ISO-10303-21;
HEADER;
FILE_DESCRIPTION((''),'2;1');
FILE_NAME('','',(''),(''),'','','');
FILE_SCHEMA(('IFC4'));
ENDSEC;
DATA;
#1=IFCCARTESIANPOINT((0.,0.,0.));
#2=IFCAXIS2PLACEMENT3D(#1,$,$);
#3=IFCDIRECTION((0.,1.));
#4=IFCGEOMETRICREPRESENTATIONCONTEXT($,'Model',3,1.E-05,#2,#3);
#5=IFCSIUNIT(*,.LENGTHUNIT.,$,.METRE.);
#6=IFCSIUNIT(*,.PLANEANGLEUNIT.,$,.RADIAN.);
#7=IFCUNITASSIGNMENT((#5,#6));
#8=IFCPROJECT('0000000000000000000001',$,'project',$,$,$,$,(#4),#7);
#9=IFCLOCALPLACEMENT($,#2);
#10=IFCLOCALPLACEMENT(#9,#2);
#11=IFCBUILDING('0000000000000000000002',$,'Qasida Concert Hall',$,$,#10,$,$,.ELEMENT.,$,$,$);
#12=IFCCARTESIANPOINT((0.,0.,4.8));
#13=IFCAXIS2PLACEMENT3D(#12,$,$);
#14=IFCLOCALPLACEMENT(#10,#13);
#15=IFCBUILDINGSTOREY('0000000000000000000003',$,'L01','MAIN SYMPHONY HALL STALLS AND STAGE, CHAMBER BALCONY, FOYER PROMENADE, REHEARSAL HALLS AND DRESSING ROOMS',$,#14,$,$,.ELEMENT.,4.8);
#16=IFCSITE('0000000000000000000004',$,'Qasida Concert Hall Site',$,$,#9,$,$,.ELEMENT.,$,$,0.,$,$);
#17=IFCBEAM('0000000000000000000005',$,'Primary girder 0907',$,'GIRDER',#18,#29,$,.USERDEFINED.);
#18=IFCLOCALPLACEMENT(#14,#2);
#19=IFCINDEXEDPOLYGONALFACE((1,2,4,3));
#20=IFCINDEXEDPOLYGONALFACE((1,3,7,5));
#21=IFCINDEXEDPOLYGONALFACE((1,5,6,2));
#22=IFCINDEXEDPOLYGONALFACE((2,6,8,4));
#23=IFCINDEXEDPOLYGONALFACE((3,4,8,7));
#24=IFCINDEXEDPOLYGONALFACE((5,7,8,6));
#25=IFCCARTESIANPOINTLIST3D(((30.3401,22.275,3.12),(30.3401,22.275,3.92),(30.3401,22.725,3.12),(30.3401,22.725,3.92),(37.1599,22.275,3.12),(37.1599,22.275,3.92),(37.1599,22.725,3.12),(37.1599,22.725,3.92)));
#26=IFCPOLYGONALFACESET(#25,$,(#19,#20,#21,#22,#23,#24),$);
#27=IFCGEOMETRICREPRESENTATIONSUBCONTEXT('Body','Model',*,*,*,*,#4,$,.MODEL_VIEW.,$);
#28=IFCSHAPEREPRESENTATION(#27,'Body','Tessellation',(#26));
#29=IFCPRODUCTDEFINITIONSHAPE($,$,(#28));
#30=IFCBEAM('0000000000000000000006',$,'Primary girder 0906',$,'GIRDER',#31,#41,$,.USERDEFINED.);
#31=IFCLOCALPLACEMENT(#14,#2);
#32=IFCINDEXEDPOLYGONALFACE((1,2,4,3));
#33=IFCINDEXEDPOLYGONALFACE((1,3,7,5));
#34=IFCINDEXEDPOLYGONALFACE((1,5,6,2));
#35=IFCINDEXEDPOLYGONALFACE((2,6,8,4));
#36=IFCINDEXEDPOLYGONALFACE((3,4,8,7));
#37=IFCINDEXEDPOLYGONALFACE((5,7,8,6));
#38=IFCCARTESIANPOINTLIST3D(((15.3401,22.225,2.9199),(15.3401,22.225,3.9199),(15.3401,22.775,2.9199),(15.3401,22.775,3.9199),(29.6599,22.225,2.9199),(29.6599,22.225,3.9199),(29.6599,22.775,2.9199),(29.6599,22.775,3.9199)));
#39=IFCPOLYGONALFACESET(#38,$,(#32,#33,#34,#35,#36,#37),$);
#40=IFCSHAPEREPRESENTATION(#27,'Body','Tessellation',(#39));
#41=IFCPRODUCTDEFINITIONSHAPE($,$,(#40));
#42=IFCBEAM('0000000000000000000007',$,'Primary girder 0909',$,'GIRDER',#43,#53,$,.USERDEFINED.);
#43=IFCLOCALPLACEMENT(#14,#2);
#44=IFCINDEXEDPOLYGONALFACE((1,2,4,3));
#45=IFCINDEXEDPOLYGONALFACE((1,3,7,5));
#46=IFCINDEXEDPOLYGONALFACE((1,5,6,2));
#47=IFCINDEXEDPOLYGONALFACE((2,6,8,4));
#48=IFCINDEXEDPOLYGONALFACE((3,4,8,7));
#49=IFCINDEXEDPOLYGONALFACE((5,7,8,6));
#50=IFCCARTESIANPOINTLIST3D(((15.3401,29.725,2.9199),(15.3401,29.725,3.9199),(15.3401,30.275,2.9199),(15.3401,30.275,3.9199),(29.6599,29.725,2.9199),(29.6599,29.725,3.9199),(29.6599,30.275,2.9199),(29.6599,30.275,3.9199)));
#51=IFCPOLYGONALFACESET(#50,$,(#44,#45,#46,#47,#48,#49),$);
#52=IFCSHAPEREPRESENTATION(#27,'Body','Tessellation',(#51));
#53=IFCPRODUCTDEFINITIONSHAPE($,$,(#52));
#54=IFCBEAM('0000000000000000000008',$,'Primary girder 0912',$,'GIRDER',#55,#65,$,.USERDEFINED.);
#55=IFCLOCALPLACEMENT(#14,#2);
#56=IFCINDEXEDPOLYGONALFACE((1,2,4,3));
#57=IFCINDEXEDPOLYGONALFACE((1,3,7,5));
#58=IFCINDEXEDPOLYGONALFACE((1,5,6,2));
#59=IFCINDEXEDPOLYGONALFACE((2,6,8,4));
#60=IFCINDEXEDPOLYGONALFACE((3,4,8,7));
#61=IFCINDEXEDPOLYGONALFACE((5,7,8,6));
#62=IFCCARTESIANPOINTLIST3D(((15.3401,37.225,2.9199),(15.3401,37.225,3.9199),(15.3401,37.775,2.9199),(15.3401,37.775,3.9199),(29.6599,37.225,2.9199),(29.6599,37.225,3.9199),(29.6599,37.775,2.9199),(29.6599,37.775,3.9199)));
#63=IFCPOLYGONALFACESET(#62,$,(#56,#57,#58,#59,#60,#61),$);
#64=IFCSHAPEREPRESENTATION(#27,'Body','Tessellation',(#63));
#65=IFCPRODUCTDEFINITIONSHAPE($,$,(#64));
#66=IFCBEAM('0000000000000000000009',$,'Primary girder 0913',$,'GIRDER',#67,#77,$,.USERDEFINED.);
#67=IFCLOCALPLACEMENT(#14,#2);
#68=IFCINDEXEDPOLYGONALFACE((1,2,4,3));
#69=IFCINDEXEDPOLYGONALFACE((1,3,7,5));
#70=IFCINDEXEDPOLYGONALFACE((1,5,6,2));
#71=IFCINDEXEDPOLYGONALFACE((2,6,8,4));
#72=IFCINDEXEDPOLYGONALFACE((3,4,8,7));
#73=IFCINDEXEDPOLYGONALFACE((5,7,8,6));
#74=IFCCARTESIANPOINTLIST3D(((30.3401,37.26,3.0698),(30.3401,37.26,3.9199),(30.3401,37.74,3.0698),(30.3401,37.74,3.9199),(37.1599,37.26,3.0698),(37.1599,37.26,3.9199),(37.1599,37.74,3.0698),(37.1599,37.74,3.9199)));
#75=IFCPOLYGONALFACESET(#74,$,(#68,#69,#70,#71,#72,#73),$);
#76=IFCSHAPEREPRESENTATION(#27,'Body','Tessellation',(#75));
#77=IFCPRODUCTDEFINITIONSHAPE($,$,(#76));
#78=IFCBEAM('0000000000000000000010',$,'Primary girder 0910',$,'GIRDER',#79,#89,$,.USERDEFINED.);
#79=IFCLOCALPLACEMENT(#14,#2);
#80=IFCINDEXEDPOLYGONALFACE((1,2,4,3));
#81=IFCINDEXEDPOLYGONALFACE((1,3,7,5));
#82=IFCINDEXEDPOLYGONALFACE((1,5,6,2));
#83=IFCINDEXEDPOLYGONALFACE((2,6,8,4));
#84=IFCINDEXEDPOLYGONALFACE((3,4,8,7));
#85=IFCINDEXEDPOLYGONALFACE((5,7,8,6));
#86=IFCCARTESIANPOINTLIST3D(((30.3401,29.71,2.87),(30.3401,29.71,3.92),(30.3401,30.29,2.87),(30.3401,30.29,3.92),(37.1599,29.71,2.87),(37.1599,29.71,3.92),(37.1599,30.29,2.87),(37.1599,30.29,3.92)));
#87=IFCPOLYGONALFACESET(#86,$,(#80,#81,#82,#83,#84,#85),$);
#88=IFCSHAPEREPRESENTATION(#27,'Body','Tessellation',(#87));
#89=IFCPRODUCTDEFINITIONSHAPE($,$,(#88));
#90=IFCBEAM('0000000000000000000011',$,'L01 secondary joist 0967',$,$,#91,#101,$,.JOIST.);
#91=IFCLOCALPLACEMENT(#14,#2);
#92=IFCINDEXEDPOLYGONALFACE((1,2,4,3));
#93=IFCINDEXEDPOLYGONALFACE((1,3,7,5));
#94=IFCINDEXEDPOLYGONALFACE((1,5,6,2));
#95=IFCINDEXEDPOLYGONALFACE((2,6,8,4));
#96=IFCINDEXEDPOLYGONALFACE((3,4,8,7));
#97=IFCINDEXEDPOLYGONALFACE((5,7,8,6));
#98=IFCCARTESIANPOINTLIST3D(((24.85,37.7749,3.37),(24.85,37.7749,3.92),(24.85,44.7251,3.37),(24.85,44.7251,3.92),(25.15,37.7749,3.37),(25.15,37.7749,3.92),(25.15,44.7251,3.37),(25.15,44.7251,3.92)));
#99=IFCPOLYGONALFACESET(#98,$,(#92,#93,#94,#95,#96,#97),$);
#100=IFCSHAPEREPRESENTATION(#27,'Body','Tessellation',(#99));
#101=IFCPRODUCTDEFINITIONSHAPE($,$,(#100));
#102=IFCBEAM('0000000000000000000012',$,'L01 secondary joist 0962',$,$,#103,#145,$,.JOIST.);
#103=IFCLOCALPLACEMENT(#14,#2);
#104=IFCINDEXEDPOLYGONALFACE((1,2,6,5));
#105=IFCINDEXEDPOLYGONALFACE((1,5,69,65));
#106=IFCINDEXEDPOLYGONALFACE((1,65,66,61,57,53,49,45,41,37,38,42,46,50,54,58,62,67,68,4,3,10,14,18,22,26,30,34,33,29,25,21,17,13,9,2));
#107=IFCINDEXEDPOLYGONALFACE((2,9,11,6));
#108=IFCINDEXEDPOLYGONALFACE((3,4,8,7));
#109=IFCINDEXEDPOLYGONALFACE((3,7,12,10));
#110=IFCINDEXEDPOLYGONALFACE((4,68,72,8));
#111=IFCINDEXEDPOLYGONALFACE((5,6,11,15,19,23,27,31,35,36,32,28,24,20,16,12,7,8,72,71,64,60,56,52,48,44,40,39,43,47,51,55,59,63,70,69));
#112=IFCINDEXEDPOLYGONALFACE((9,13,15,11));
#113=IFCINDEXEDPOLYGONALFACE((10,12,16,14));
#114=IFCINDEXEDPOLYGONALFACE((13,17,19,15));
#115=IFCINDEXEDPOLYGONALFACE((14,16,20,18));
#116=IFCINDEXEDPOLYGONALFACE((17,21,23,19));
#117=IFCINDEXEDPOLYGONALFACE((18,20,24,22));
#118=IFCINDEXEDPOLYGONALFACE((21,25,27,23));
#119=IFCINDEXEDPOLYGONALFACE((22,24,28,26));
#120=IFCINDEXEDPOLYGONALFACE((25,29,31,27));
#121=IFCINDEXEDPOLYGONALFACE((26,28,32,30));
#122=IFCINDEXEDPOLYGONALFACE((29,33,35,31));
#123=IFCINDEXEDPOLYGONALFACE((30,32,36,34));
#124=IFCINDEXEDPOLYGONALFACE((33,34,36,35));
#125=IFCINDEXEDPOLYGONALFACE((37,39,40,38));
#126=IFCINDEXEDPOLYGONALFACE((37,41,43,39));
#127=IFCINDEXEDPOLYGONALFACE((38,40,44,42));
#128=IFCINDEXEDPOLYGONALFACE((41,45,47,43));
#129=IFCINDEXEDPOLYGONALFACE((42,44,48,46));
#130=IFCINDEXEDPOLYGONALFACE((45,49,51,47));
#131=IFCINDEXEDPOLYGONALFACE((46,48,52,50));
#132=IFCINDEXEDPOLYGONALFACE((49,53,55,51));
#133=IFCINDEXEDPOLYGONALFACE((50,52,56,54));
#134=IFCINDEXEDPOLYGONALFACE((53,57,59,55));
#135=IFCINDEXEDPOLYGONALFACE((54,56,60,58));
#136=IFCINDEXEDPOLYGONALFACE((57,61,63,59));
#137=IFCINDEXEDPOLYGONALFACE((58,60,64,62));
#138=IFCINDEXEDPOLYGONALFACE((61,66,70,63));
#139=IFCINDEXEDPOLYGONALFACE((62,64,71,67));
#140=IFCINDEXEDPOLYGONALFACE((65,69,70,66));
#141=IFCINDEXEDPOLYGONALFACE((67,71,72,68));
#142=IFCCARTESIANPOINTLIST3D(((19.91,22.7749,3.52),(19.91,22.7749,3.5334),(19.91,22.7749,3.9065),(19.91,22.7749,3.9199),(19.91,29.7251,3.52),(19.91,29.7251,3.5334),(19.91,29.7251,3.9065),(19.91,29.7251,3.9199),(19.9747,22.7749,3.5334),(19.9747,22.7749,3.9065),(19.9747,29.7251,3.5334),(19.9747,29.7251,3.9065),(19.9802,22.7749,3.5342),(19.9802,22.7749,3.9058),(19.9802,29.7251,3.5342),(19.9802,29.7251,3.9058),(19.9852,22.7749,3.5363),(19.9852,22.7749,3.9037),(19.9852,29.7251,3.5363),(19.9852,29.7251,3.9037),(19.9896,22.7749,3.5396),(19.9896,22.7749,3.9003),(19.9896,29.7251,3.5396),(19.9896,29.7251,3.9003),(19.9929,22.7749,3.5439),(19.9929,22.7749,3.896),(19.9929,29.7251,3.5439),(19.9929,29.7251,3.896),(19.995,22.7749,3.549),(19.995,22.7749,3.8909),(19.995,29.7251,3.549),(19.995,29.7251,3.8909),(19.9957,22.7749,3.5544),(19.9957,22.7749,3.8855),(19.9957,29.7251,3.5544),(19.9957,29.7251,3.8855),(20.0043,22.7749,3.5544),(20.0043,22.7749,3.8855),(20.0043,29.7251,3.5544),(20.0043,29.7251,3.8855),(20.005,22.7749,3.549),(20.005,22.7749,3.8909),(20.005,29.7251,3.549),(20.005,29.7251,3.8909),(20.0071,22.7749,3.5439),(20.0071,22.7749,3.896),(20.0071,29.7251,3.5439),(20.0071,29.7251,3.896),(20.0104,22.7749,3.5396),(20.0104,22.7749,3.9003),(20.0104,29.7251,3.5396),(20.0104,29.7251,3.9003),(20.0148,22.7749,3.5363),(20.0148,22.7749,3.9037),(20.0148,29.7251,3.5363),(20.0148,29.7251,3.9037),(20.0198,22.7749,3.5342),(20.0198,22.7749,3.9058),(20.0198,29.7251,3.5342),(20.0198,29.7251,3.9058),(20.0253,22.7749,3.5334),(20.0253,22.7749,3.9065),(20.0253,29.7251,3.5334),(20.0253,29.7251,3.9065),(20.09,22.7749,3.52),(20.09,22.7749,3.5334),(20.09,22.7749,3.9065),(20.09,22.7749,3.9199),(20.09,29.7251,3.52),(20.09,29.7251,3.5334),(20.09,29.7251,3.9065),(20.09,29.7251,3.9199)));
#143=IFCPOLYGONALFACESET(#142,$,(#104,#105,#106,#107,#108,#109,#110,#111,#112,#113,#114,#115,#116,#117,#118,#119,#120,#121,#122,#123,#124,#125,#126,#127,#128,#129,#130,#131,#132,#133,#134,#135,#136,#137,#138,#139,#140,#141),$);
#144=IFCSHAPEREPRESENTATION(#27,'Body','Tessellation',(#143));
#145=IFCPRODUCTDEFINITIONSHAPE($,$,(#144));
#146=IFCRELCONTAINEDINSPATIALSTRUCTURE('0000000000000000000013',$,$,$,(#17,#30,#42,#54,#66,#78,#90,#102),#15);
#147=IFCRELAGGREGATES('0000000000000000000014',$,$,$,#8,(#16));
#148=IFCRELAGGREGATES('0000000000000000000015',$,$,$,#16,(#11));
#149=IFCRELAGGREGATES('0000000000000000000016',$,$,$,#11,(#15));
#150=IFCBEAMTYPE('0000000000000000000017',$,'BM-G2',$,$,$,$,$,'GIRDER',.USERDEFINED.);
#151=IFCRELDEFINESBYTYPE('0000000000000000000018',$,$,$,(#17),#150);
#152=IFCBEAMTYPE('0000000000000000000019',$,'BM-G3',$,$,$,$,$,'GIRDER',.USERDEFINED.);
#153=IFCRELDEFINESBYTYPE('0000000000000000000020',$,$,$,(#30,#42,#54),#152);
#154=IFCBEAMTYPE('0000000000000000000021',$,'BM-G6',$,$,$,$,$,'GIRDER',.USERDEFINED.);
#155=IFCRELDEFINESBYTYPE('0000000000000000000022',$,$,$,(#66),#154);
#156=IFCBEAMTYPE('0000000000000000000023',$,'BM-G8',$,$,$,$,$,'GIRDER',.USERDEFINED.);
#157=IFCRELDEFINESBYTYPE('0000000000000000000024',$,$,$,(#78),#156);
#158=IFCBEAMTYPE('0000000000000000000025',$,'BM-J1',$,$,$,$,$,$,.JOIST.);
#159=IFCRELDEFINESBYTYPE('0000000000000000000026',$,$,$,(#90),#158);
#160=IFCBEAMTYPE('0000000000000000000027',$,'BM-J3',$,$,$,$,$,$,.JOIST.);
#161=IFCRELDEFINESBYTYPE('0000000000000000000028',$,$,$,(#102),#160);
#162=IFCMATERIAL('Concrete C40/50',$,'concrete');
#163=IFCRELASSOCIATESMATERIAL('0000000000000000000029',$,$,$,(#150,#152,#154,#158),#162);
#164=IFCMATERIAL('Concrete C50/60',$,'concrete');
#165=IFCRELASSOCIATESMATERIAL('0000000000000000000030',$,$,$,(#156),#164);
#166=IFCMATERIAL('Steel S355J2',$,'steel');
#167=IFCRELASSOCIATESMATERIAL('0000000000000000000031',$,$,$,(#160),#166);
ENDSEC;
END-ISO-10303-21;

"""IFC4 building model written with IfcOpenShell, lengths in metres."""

from ifc_helpers import new_model, si_unit, direction, frame, origin, origin_2d, place, context, subcontext, project, spatial, rectangle, i_section, extrude, material, material_profile, profile_set, type_object, element, save


model = new_model("IFC4")

# Units and contexts
model_context = context("Model", 3, precision=1e-05, world=origin(), true_north=direction((0.0, 1.0)))
body_context = subcontext(model_context, "Body", "Model", "MODEL_VIEW")
ifc_project = project(units=[si_unit("LENGTHUNIT", "METRE"), si_unit("PLANEANGLEUNIT", "RADIAN")], contexts=[model_context])

# Site, building, storey
site_placement = place(None, origin())
site = spatial("IfcSite", under=ifc_project, at=site_placement, Name="Qasida Concert Hall Site", CompositionType="ELEMENT", RefElevation=0.0)
building_placement = place(site_placement, origin())
building = spatial("IfcBuilding", under=site, at=building_placement, Name="Qasida Concert Hall", CompositionType="ELEMENT")
storey_placement = place(building_placement, frame((0.0, 0.0, 4.8)))
storey = spatial("IfcBuildingStorey", under=building, at=storey_placement, Name="L01", Description="MAIN SYMPHONY HALL STALLS AND STAGE, CHAMBER BALCONY, FOYER PROMENADE, REHEARSAL HALLS AND DRESSING ROOMS", CompositionType="ELEMENT", Elevation=4.8)

# Shared definitions
ifc_material_1 = material(Name="Concrete C50/60", Category="concrete")

# Beams
ifc_material_2 = material(Name="Concrete C40/50", Category="concrete")
ifc_material_3 = material(Name="Steel S355J2", Category="steel")
ifc_material_profile_1 = material_profile(ifc_material_2, rectangle(XDim=0.45, YDim=0.8, at=origin_2d()), Name="RC 450x800")
ifc_profile_set_1 = profile_set([ifc_material_profile_1], Name="Concrete C40/50")
beam_type_1 = type_object("IfcBeamType", Name="BM-G2", ElementType="GIRDER", PredefinedType="USERDEFINED", material=ifc_profile_set_1)
beam_1_placement = place(storey_placement, frame((30.3401, 22.5, 3.52), z_axis=(1.0, 0.0, 0.0), x_axis=(0.0, 1.0, 0.0)))
element("IfcBeam", 1, at=beam_1_placement, inside=storey, type_object=beam_type_1, Name="Primary girder 0907", ObjectType="GIRDER", PredefinedType="USERDEFINED", context=body_context, shape_type="SweptSolid", body=[
    extrude(rectangle(XDim=0.45, YDim=0.8, at=origin_2d()), origin(), (0.0, 0.0, 1.0), 6.8198),
])
ifc_material_profile_2 = material_profile(ifc_material_2, rectangle(XDim=0.55, YDim=1.0, at=origin_2d()), Name="RC 550x1000")
ifc_profile_set_2 = profile_set([ifc_material_profile_2], Name="Concrete C40/50")
beam_type_2 = type_object("IfcBeamType", Name="BM-G3", ElementType="GIRDER", PredefinedType="USERDEFINED", material=ifc_profile_set_2)
for number, where, z_axis, x_axis, name in (
    (2, (15.3401, 22.5, 3.4199), (1.0, 0.0, 0.0), (0.0, 1.0, 0.0), "Primary girder 0906"),
    (3, (15.3401, 30.0, 3.4199), (1.0, 0.0, 0.0), (0.0, 1.0, 0.0), "Primary girder 0909"),
    (4, (15.3401, 37.5, 3.4199), (1.0, 0.0, 0.0), (0.0, 1.0, 0.0), "Primary girder 0912"),
):
    element("IfcBeam", number, at=place(storey_placement, frame(where, z_axis=z_axis, x_axis=x_axis)), inside=storey, type_object=beam_type_2, Name=name, ObjectType="GIRDER", PredefinedType="USERDEFINED", context=body_context, shape_type="SweptSolid", body=[
        extrude(rectangle(XDim=0.55, YDim=1.0, at=origin_2d()), origin(), (0.0, 0.0, 1.0), 14.3198),
    ])
ifc_material_profile_3 = material_profile(ifc_material_2, rectangle(XDim=0.48, YDim=0.8501, at=origin_2d()), Name="RC 480x850")
ifc_profile_set_3 = profile_set([ifc_material_profile_3], Name="Concrete C40/50")
beam_type_3 = type_object("IfcBeamType", Name="BM-G6", ElementType="GIRDER", PredefinedType="USERDEFINED", material=ifc_profile_set_3)
beam_2_placement = place(storey_placement, frame((30.3401, 37.5, 3.4949), z_axis=(1.0, 0.0, 0.0), x_axis=(0.0, 1.0, 0.0)))
element("IfcBeam", 5, at=beam_2_placement, inside=storey, type_object=beam_type_3, Name="Primary girder 0913", ObjectType="GIRDER", PredefinedType="USERDEFINED", context=body_context, shape_type="SweptSolid", body=[
    extrude(rectangle(XDim=0.48, YDim=0.8501, at=origin_2d()), origin(), (0.0, 0.0, 1.0), 6.8198),
])
ifc_material_profile_4 = material_profile(ifc_material_1, rectangle(XDim=0.5801, YDim=1.05, at=origin_2d()), Name="RC 580x1050")
ifc_profile_set_4 = profile_set([ifc_material_profile_4], Name="Concrete C50/60")
beam_type_4 = type_object("IfcBeamType", Name="BM-G8", ElementType="GIRDER", PredefinedType="USERDEFINED", material=ifc_profile_set_4)
beam_3_placement = place(storey_placement, frame((30.3401, 30.0, 3.395), z_axis=(1.0, 0.0, 0.0), x_axis=(0.0, 1.0, 0.0)))
element("IfcBeam", 6, at=beam_3_placement, inside=storey, type_object=beam_type_4, Name="Primary girder 0910", ObjectType="GIRDER", PredefinedType="USERDEFINED", context=body_context, shape_type="SweptSolid", body=[
    extrude(rectangle(XDim=0.5801, YDim=1.05, at=origin_2d()), origin(), (0.0, 0.0, 1.0), 6.8198),
])
ifc_material_profile_5 = material_profile(ifc_material_2, rectangle(XDim=0.3, YDim=0.55, at=origin_2d()), Name="RC 300x550")
ifc_profile_set_5 = profile_set([ifc_material_profile_5], Name="Concrete C40/50")
beam_type_5 = type_object("IfcBeamType", Name="BM-J1", PredefinedType="JOIST", material=ifc_profile_set_5)
beam_4_placement = place(storey_placement, frame((25.0, 37.7749, 3.645), z_axis=(0.0, 1.0, 0.0), x_axis=(-1.0, 0.0, 0.0)))
element("IfcBeam", 7, at=beam_4_placement, inside=storey, type_object=beam_type_5, Name="L01 secondary joist 0967", PredefinedType="JOIST", context=body_context, shape_type="SweptSolid", body=[
    extrude(rectangle(XDim=0.3, YDim=0.55, at=origin_2d()), origin(), (0.0, 0.0, 1.0), 6.9502),
])
ifc_material_profile_6 = material_profile(ifc_material_3, i_section(OverallWidth=0.1799, OverallDepth=0.3999, WebThickness=0.0085, FlangeThickness=0.0134, FilletRadius=0.021, at=origin_2d()), Name="IPE 400")
ifc_profile_set_6 = profile_set([ifc_material_profile_6], Name="Steel S355J2")
beam_type_6 = type_object("IfcBeamType", Name="BM-J3", PredefinedType="JOIST", material=ifc_profile_set_6)
beam_5_placement = place(storey_placement, frame((20.0, 22.7749, 3.72), z_axis=(0.0, 1.0, 0.0), x_axis=(-1.0, 0.0, 0.0)))
element("IfcBeam", 8, at=beam_5_placement, inside=storey, type_object=beam_type_6, Name="L01 secondary joist 0962", PredefinedType="JOIST", context=body_context, shape_type="SweptSolid", body=[
    extrude(i_section(OverallWidth=0.1799, OverallDepth=0.3999, WebThickness=0.0085, FlangeThickness=0.0134, FilletRadius=0.021, at=origin_2d()), origin(), (0.0, 0.0, 1.0), 6.9502),
])

save(model, "model.ifc")
